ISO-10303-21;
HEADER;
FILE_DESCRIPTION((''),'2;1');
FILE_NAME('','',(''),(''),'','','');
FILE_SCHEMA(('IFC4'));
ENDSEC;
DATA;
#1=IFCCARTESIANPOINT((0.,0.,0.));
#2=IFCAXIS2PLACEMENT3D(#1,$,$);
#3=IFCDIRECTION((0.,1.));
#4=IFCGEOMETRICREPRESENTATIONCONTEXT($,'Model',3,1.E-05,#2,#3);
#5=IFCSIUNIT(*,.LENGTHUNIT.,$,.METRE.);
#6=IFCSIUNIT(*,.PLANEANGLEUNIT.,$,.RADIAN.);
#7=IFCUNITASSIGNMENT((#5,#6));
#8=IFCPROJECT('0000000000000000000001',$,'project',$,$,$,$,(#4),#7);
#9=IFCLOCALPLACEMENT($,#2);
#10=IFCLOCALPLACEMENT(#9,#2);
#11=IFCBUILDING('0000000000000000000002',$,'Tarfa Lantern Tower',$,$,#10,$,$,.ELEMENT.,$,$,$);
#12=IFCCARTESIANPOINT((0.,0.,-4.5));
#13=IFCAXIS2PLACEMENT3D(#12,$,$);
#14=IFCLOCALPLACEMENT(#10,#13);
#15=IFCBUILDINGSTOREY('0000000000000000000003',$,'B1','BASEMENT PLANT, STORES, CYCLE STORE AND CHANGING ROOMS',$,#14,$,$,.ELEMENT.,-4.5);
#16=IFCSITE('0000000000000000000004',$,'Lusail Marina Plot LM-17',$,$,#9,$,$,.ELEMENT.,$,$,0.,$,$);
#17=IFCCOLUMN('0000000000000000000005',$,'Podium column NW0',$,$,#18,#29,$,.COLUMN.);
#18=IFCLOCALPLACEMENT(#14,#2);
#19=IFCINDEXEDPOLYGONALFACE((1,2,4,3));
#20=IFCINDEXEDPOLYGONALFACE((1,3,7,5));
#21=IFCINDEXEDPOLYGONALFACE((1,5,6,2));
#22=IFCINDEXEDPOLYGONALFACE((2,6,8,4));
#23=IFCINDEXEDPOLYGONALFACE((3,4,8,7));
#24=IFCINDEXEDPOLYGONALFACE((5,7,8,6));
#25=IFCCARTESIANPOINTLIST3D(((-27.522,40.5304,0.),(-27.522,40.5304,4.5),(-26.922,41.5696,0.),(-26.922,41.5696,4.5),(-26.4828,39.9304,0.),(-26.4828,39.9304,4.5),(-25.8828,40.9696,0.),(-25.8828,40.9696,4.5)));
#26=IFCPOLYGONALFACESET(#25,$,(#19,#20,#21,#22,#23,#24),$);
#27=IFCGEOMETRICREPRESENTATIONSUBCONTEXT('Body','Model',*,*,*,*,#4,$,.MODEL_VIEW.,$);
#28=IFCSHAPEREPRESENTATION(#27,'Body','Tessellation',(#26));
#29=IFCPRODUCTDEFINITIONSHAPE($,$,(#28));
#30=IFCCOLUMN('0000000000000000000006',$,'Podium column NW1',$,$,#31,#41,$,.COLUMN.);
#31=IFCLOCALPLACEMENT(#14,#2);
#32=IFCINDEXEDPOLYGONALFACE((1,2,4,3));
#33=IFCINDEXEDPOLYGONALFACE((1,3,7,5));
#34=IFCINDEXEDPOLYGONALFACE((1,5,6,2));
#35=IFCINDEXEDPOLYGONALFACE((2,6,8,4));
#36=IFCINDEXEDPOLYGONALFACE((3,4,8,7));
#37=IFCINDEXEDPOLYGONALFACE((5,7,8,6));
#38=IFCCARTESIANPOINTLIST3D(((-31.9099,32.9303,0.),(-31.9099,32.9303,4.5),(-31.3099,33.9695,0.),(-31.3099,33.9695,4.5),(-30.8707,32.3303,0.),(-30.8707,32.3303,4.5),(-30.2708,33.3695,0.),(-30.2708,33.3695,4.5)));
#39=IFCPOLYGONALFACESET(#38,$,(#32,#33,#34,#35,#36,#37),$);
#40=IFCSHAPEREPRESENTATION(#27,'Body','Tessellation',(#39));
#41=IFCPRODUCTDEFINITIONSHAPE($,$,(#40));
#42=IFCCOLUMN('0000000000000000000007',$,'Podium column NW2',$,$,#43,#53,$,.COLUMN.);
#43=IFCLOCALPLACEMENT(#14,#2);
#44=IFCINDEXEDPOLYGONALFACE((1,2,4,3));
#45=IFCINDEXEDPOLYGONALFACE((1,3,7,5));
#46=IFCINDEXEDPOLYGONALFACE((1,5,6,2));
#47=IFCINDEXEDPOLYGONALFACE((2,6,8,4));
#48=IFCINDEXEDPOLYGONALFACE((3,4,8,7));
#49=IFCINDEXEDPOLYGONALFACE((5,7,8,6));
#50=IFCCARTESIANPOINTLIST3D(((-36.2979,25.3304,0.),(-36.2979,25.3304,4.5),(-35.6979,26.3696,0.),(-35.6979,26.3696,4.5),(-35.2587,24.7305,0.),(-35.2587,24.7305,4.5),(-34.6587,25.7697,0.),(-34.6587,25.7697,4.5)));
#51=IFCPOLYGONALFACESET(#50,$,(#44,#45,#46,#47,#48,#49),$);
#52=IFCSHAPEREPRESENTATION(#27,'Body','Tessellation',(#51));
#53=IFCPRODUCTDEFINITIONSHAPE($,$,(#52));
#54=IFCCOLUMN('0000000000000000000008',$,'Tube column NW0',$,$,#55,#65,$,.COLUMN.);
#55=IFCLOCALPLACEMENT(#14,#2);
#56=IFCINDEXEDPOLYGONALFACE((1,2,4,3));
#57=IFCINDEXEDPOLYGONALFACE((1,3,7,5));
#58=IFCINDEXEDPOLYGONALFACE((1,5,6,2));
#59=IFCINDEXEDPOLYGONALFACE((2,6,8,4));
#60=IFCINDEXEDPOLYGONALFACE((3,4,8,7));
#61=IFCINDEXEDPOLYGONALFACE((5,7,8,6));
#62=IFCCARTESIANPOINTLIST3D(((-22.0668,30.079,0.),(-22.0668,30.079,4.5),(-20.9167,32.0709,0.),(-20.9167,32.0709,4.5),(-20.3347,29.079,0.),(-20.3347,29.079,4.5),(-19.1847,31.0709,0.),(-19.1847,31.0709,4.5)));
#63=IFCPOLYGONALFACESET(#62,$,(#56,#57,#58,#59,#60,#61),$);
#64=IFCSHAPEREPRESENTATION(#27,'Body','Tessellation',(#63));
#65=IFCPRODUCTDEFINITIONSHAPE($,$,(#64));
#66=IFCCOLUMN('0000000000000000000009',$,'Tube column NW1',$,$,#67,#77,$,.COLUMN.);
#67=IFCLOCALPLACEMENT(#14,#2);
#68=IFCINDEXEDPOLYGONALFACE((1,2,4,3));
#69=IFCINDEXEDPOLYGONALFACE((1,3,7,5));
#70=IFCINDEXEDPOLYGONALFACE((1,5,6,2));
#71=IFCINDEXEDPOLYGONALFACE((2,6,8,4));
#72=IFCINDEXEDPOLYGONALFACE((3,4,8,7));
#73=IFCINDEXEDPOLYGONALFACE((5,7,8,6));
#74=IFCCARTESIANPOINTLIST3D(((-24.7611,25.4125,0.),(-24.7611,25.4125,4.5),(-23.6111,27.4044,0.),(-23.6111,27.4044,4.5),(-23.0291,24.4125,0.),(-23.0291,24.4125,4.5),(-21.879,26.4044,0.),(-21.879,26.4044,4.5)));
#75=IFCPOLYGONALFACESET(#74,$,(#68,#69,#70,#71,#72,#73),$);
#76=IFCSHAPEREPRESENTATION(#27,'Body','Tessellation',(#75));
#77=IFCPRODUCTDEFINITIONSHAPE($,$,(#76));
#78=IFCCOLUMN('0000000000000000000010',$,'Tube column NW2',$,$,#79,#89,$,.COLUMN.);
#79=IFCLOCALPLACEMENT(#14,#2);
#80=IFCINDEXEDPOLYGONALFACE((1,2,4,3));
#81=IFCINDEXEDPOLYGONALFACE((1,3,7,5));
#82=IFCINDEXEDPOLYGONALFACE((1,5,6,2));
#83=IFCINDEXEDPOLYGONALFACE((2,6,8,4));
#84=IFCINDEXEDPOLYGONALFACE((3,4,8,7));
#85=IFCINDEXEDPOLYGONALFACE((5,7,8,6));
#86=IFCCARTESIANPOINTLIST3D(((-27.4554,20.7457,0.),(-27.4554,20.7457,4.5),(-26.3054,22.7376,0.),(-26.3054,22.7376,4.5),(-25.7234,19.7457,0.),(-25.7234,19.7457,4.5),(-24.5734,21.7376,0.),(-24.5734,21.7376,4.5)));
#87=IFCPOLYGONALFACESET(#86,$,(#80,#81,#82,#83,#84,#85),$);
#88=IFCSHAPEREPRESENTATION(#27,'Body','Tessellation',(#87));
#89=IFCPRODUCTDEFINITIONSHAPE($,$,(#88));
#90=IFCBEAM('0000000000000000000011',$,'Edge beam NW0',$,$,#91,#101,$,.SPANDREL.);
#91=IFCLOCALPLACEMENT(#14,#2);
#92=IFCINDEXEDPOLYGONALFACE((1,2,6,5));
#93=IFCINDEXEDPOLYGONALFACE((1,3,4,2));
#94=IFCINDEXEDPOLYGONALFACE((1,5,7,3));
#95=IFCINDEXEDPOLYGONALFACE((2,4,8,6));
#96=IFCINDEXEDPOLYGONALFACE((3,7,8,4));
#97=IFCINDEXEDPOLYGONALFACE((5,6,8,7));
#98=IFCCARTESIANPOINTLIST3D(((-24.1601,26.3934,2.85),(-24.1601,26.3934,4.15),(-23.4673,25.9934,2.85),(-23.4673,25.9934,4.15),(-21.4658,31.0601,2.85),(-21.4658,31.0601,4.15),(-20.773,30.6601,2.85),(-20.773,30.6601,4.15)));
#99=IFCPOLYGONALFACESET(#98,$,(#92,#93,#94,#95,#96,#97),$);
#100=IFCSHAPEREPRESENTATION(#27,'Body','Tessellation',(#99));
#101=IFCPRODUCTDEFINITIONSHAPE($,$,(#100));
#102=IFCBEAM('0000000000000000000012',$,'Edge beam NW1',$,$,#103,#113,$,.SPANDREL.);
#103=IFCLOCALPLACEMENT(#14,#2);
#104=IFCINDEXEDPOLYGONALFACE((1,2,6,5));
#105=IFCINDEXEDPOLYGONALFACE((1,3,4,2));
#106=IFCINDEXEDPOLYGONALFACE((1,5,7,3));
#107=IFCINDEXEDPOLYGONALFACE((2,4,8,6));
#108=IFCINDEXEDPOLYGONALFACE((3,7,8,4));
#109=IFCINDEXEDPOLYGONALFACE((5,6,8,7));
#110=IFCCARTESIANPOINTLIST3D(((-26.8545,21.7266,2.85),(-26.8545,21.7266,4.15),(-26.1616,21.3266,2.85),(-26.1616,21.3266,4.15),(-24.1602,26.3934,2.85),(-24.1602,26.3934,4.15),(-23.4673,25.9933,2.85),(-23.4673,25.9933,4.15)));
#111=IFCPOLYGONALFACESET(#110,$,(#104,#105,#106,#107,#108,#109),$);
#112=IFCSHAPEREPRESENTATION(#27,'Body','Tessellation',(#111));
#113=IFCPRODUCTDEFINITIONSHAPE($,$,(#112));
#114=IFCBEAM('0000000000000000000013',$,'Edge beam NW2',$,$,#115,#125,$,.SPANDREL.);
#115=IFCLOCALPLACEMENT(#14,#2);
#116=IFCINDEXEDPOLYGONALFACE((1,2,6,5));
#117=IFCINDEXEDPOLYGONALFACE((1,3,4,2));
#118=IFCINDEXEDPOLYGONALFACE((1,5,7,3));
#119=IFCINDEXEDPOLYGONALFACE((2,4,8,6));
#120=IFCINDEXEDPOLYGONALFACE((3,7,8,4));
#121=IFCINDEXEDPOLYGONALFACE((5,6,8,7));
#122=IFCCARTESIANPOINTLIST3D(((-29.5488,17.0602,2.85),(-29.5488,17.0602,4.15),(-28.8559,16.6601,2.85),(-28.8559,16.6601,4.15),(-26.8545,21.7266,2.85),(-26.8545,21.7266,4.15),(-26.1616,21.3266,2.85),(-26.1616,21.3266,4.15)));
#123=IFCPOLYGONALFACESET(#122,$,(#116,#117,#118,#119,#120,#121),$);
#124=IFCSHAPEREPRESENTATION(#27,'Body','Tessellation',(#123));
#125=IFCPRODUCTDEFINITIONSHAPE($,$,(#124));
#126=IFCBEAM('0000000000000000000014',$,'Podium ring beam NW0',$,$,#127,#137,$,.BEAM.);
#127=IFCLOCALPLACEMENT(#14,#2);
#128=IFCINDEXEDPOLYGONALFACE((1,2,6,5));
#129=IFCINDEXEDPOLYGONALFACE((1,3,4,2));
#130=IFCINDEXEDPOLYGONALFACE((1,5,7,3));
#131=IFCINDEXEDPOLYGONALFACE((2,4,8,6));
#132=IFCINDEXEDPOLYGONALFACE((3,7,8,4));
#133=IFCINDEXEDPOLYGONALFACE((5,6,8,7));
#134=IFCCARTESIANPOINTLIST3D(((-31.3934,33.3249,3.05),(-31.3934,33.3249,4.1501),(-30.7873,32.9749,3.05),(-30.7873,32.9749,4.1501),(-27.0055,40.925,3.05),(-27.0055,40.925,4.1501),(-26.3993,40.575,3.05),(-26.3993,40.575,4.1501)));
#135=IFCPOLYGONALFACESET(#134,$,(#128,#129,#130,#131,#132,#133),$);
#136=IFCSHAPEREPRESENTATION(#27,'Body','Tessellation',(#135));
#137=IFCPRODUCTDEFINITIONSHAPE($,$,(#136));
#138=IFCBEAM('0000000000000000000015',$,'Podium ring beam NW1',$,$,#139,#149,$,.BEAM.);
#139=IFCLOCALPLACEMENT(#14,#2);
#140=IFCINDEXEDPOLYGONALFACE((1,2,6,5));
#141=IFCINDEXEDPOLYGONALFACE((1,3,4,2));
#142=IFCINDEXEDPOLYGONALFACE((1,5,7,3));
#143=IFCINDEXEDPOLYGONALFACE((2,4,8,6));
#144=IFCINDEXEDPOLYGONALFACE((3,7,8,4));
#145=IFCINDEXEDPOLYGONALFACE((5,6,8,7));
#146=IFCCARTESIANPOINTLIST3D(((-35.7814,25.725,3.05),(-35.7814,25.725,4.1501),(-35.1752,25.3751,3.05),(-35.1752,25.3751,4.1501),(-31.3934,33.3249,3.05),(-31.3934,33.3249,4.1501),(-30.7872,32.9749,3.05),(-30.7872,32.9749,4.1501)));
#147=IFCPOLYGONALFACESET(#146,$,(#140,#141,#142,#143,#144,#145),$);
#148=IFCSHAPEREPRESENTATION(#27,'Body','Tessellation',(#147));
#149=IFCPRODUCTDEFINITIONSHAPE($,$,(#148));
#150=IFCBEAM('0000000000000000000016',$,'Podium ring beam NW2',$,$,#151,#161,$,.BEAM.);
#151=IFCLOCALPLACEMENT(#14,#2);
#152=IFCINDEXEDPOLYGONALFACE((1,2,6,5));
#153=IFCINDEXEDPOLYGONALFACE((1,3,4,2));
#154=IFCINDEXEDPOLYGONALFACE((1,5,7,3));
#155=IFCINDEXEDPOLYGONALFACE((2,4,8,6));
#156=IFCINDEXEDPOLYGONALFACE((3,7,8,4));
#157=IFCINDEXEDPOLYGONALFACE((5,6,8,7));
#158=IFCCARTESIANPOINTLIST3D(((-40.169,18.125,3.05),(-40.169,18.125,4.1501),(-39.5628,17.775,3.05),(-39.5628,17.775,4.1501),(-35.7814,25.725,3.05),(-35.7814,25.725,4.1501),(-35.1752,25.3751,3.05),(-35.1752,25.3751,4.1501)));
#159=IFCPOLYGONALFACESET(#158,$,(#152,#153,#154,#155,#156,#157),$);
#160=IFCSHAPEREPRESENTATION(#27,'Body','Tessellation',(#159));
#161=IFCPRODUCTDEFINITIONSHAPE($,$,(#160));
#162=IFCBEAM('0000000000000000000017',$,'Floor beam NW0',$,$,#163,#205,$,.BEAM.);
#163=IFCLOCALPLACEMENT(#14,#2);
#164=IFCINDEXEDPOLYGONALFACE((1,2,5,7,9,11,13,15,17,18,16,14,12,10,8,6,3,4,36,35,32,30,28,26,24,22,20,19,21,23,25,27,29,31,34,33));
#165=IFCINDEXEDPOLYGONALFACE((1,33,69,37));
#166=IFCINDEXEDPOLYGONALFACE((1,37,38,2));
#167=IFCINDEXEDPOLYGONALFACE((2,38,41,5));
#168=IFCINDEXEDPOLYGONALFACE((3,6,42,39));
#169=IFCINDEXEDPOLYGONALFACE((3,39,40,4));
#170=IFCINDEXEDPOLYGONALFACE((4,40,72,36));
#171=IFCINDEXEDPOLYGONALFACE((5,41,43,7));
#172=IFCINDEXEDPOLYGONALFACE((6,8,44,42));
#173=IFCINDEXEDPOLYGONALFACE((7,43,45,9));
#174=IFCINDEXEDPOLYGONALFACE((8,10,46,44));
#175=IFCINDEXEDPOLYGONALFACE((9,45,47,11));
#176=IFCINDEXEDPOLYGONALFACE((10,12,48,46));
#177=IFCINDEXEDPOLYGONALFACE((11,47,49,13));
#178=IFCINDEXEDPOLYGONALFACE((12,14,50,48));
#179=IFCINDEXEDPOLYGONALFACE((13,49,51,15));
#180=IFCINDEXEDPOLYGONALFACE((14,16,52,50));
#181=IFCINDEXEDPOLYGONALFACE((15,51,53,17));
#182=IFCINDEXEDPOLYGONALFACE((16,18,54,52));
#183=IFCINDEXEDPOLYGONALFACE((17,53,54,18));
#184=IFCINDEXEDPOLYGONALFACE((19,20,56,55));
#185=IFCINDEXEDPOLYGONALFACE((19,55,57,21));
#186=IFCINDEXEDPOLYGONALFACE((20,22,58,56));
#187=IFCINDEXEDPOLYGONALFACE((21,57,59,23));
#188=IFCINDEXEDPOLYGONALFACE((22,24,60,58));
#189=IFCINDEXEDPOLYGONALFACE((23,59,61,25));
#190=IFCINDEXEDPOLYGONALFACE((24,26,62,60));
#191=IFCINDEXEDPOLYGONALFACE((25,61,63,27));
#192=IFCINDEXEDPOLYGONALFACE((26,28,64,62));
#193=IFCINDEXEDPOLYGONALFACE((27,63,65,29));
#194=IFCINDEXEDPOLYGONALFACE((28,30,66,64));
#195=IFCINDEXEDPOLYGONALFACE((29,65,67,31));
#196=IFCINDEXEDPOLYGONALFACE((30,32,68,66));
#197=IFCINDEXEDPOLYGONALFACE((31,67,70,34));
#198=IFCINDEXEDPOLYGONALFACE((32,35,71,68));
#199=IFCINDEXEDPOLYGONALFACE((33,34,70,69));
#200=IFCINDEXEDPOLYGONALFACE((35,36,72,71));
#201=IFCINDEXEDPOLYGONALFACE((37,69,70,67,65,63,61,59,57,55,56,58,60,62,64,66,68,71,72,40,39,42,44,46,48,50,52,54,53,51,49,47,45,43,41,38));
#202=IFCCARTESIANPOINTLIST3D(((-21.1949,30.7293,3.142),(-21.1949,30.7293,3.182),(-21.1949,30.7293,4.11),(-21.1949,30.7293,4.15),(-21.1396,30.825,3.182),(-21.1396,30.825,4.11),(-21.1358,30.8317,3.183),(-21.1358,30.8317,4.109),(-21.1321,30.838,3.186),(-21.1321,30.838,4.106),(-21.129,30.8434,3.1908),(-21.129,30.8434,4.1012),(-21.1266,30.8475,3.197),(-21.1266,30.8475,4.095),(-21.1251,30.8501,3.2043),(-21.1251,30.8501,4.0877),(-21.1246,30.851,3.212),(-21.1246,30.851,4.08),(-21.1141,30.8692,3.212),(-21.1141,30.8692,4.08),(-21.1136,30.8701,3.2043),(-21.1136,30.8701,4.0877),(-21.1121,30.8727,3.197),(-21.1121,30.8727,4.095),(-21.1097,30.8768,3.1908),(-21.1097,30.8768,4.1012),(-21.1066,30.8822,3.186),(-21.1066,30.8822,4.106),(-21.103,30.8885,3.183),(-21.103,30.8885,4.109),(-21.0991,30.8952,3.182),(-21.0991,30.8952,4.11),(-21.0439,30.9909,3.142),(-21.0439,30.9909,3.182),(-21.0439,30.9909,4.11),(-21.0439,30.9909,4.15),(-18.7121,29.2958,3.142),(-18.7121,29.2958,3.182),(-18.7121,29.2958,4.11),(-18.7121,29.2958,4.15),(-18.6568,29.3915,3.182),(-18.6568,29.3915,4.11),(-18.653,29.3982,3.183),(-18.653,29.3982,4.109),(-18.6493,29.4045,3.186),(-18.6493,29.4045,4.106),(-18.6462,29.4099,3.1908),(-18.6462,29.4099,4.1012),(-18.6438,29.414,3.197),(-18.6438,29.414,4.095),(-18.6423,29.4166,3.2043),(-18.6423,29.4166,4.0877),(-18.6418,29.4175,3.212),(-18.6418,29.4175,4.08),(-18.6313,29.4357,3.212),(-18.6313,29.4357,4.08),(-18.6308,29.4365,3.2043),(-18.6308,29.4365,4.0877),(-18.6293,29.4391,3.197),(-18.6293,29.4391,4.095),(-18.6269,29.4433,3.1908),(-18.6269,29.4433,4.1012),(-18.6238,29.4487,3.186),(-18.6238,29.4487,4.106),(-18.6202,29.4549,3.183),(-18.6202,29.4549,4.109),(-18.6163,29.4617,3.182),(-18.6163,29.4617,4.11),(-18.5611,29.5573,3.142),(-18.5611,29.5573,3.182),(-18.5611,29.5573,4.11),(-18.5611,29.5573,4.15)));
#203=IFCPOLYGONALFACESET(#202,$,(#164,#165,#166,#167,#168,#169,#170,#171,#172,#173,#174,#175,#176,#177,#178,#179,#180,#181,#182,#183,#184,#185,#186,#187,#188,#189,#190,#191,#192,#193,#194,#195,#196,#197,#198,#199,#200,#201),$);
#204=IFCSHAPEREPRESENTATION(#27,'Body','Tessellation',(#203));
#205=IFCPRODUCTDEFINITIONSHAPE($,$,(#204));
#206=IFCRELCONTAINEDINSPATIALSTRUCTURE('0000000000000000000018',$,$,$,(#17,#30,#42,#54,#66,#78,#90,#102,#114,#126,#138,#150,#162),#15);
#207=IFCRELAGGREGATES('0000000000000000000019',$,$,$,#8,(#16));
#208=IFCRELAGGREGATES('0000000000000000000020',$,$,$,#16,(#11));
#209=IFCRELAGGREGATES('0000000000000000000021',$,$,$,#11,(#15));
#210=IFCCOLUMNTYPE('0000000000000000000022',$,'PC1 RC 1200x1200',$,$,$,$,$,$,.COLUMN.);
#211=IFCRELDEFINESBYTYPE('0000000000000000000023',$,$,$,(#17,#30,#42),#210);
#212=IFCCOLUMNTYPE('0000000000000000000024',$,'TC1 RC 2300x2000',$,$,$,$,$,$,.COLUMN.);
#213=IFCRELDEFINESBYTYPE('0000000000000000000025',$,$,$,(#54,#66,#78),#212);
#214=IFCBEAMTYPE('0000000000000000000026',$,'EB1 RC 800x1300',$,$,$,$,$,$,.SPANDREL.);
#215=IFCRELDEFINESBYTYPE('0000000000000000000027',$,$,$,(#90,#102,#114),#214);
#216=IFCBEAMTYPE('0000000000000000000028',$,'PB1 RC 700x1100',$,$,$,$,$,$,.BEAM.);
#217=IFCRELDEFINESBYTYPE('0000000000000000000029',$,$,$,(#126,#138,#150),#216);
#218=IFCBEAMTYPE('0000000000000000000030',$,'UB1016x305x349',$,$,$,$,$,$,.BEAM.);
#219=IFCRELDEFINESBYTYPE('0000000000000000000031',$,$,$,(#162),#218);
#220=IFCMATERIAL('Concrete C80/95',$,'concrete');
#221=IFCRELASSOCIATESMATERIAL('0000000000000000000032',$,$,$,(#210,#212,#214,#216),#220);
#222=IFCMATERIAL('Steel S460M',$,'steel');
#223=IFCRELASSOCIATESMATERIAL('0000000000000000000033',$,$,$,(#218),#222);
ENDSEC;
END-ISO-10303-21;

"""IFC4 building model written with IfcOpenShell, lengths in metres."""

from ifc_helpers import new_model, si_unit, direction, frame, origin, origin_2d, place, context, subcontext, project, spatial, rectangle, i_section, extrude, material, material_profile, profile_set, type_object, element, save


model = new_model("IFC4")

# Units and contexts
model_context = context("Model", 3, precision=1e-05, world=origin(), true_north=direction((0.0, 1.0)))
body_context = subcontext(model_context, "Body", "Model", "MODEL_VIEW")
ifc_project = project(units=[si_unit("LENGTHUNIT", "METRE"), si_unit("PLANEANGLEUNIT", "RADIAN")], contexts=[model_context])

# Site, building, storey
site_placement = place(None, origin())
site = spatial("IfcSite", under=ifc_project, at=site_placement, Name="Lusail Marina Plot LM-17", CompositionType="ELEMENT", RefElevation=0.0)
building_placement = place(site_placement, origin())
building = spatial("IfcBuilding", under=site, at=building_placement, Name="Tarfa Lantern Tower", CompositionType="ELEMENT")
storey_placement = place(building_placement, frame((0.0, 0.0, -4.5)))
storey = spatial("IfcBuildingStorey", under=building, at=storey_placement, Name="B1", Description="BASEMENT PLANT, STORES, CYCLE STORE AND CHANGING ROOMS", CompositionType="ELEMENT", Elevation=-4.5)

# Columns
ifc_material_1 = material(Name="Concrete C80/95", Category="concrete")
ifc_material_profile_1 = material_profile(ifc_material_1, rectangle(XDim=1.2, YDim=1.2, at=origin_2d()), Name="RC 1200x1200")
ifc_profile_set_1 = profile_set([ifc_material_profile_1], Name="Concrete C80/95")
column_type_1 = type_object("IfcColumnType", Name="PC1 RC 1200x1200", PredefinedType="COLUMN", material=ifc_profile_set_1)
for number, where, z_axis, x_axis, name in (
    (1, (-26.7024, 40.75, 0.0), (0.0, 0.0, 1.0), (-0.5, -0.866025, 0.0), "Podium column NW0"),
    (2, (-31.0903, 33.1499, 0.0), (0.0, 0.0, 1.0), (-0.5, -0.866025, 0.0), "Podium column NW1"),
    (3, (-35.4783, 25.55, 0.0), (0.0, 0.0, 1.0), (-0.5, -0.866025, 0.0), "Podium column NW2"),
):
    element("IfcColumn", number, at=place(storey_placement, frame(where, z_axis=z_axis, x_axis=x_axis)), inside=storey, type_object=column_type_1, Name=name, PredefinedType="COLUMN", context=body_context, shape_type="SweptSolid", body=[
        extrude(rectangle(XDim=1.2, YDim=1.2, at=origin_2d()), origin(), (0.0, 0.0, 1.0), 4.5),
    ])
ifc_material_profile_2 = material_profile(ifc_material_1, rectangle(XDim=2.3, YDim=2.0, at=origin_2d()), Name="RC 2300x2000")
ifc_profile_set_2 = profile_set([ifc_material_profile_2], Name="Concrete C80/95")
column_type_2 = type_object("IfcColumnType", Name="TC1 RC 2300x2000", PredefinedType="COLUMN", material=ifc_profile_set_2)
for number, where, z_axis, x_axis, name in (
    (4, (-20.6257, 30.575, 0.0), (0.0, 0.0, 1.0), (-0.5, -0.866025, 0.0), "Tube column NW0"),
    (5, (-23.3201, 25.9084, 0.0), (0.0, 0.0, 1.0), (-0.5, -0.866025, 0.0), "Tube column NW1"),
    (6, (-26.0144, 21.2417, 0.0), (0.0, 0.0, 1.0), (-0.5, -0.866025, 0.0), "Tube column NW2"),
):
    element("IfcColumn", number, at=place(storey_placement, frame(where, z_axis=z_axis, x_axis=x_axis)), inside=storey, type_object=column_type_2, Name=name, PredefinedType="COLUMN", context=body_context, shape_type="SweptSolid", body=[
        extrude(rectangle(XDim=2.3, YDim=2.0, at=origin_2d()), origin(), (0.0, 0.0, 1.0), 4.5),
    ])

# Beams
ifc_material_profile_3 = material_profile(ifc_material_1, rectangle(XDim=0.8, YDim=1.3, at=origin_2d()), Name="RC 800x1300")
ifc_profile_set_3 = profile_set([ifc_material_profile_3], Name="Concrete C80/95")
beam_type_1 = type_object("IfcBeamType", Name="EB1 RC 800x1300", PredefinedType="SPANDREL", material=ifc_profile_set_3)
for number, where, z_axis, x_axis, name in (
    (7, (-21.1194, 30.8601, 3.5), (-0.499998, -0.866026, 0.0), (0.866026, -0.499998, 0.0), "Edge beam NW0"),
    (8, (-23.8137, 26.1934, 3.5), (-0.499998, -0.866026, 0.0), (0.866026, -0.499998, 0.0), "Edge beam NW1"),
):
    element("IfcBeam", number, at=place(storey_placement, frame(where, z_axis=z_axis, x_axis=x_axis)), inside=storey, type_object=beam_type_1, Name=name, PredefinedType="SPANDREL", context=body_context, shape_type="SweptSolid", body=[
        extrude(rectangle(XDim=0.8, YDim=1.3, at=origin_2d()), origin(), (0.0, 0.0, 1.0), 5.3887),
    ])
beam_1_placement = place(storey_placement, frame((-26.5081, 21.5266, 3.5), z_axis=(-0.500018, -0.866015, 0.0), x_axis=(0.866015, -0.500018, 0.0)))
element("IfcBeam", 9, at=beam_1_placement, inside=storey, type_object=beam_type_1, Name="Edge beam NW2", PredefinedType="SPANDREL", context=body_context, shape_type="SweptSolid", body=[
    extrude(rectangle(XDim=0.8, YDim=1.3, at=origin_2d()), origin(), (0.0, 0.0, 1.0), 5.3884),
])
ifc_material_profile_4 = material_profile(ifc_material_1, rectangle(XDim=0.7, YDim=1.1001, at=origin_2d()), Name="RC 700x1100")
ifc_profile_set_4 = profile_set([ifc_material_profile_4], Name="Concrete C80/95")
beam_type_2 = type_object("IfcBeamType", Name="PB1 RC 700x1100", PredefinedType="BEAM", material=ifc_profile_set_4)
beam_2_placement = place(storey_placement, frame((-26.7024, 40.75, 3.6001), z_axis=(-0.500002, -0.866024, 0.0), x_axis=(0.866024, -0.500002, 0.0)))
element("IfcBeam", 10, at=beam_2_placement, inside=storey, type_object=beam_type_2, Name="Podium ring beam NW0", PredefinedType="BEAM", context=body_context, shape_type="SweptSolid", body=[
    extrude(rectangle(XDim=0.7, YDim=1.1001, at=origin_2d()), origin(), (0.0, 0.0, 1.0), 8.7759),
])
for number, where, z_axis, x_axis, name in (
    (11, (-31.0903, 33.1499, 3.6001), (-0.500014, -0.866017, 0.0), (0.866017, -0.500014, 0.0), "Podium ring beam NW1"),
    (12, (-35.4783, 25.55, 3.6001), (-0.499981, -0.866036, 0.0), (0.866036, -0.499981, 0.0), "Podium ring beam NW2"),
):
    element("IfcBeam", number, at=place(storey_placement, frame(where, z_axis=z_axis, x_axis=x_axis)), inside=storey, type_object=beam_type_2, Name=name, PredefinedType="BEAM", context=body_context, shape_type="SweptSolid", body=[
        extrude(rectangle(XDim=0.7, YDim=1.1001, at=origin_2d()), origin(), (0.0, 0.0, 1.0), 8.7756),
    ])
ifc_material_2 = material(Name="Steel S460M", Category="steel")
ifc_material_profile_5 = material_profile(ifc_material_2, i_section(OverallWidth=0.302, OverallDepth=1.0081, WebThickness=0.021, FlangeThickness=0.04, FilletRadius=0.03, at=origin_2d()), Name="UB1016x305x349")
ifc_profile_set_5 = profile_set([ifc_material_profile_5], Name="Steel S460M")
beam_type_3 = type_object("IfcBeamType", Name="UB1016x305x349", PredefinedType="BEAM", material=ifc_profile_set_5)
beam_3_placement = place(storey_placement, frame((-21.1194, 30.8601, 3.646), z_axis=(0.866013, -0.500022, 0.0), x_axis=(0.500022, 0.866013, 0.0)))
element("IfcBeam", 13, at=beam_3_placement, inside=storey, type_object=beam_type_3, Name="Floor beam NW0", PredefinedType="BEAM", context=body_context, shape_type="SweptSolid", body=[
    extrude(i_section(OverallWidth=0.302, OverallDepth=1.0081, WebThickness=0.021, FlangeThickness=0.04, FilletRadius=0.03, at=origin_2d()), origin(), (0.0, 0.0, 1.0), 2.8669),
])

save(model, "model.ifc")
